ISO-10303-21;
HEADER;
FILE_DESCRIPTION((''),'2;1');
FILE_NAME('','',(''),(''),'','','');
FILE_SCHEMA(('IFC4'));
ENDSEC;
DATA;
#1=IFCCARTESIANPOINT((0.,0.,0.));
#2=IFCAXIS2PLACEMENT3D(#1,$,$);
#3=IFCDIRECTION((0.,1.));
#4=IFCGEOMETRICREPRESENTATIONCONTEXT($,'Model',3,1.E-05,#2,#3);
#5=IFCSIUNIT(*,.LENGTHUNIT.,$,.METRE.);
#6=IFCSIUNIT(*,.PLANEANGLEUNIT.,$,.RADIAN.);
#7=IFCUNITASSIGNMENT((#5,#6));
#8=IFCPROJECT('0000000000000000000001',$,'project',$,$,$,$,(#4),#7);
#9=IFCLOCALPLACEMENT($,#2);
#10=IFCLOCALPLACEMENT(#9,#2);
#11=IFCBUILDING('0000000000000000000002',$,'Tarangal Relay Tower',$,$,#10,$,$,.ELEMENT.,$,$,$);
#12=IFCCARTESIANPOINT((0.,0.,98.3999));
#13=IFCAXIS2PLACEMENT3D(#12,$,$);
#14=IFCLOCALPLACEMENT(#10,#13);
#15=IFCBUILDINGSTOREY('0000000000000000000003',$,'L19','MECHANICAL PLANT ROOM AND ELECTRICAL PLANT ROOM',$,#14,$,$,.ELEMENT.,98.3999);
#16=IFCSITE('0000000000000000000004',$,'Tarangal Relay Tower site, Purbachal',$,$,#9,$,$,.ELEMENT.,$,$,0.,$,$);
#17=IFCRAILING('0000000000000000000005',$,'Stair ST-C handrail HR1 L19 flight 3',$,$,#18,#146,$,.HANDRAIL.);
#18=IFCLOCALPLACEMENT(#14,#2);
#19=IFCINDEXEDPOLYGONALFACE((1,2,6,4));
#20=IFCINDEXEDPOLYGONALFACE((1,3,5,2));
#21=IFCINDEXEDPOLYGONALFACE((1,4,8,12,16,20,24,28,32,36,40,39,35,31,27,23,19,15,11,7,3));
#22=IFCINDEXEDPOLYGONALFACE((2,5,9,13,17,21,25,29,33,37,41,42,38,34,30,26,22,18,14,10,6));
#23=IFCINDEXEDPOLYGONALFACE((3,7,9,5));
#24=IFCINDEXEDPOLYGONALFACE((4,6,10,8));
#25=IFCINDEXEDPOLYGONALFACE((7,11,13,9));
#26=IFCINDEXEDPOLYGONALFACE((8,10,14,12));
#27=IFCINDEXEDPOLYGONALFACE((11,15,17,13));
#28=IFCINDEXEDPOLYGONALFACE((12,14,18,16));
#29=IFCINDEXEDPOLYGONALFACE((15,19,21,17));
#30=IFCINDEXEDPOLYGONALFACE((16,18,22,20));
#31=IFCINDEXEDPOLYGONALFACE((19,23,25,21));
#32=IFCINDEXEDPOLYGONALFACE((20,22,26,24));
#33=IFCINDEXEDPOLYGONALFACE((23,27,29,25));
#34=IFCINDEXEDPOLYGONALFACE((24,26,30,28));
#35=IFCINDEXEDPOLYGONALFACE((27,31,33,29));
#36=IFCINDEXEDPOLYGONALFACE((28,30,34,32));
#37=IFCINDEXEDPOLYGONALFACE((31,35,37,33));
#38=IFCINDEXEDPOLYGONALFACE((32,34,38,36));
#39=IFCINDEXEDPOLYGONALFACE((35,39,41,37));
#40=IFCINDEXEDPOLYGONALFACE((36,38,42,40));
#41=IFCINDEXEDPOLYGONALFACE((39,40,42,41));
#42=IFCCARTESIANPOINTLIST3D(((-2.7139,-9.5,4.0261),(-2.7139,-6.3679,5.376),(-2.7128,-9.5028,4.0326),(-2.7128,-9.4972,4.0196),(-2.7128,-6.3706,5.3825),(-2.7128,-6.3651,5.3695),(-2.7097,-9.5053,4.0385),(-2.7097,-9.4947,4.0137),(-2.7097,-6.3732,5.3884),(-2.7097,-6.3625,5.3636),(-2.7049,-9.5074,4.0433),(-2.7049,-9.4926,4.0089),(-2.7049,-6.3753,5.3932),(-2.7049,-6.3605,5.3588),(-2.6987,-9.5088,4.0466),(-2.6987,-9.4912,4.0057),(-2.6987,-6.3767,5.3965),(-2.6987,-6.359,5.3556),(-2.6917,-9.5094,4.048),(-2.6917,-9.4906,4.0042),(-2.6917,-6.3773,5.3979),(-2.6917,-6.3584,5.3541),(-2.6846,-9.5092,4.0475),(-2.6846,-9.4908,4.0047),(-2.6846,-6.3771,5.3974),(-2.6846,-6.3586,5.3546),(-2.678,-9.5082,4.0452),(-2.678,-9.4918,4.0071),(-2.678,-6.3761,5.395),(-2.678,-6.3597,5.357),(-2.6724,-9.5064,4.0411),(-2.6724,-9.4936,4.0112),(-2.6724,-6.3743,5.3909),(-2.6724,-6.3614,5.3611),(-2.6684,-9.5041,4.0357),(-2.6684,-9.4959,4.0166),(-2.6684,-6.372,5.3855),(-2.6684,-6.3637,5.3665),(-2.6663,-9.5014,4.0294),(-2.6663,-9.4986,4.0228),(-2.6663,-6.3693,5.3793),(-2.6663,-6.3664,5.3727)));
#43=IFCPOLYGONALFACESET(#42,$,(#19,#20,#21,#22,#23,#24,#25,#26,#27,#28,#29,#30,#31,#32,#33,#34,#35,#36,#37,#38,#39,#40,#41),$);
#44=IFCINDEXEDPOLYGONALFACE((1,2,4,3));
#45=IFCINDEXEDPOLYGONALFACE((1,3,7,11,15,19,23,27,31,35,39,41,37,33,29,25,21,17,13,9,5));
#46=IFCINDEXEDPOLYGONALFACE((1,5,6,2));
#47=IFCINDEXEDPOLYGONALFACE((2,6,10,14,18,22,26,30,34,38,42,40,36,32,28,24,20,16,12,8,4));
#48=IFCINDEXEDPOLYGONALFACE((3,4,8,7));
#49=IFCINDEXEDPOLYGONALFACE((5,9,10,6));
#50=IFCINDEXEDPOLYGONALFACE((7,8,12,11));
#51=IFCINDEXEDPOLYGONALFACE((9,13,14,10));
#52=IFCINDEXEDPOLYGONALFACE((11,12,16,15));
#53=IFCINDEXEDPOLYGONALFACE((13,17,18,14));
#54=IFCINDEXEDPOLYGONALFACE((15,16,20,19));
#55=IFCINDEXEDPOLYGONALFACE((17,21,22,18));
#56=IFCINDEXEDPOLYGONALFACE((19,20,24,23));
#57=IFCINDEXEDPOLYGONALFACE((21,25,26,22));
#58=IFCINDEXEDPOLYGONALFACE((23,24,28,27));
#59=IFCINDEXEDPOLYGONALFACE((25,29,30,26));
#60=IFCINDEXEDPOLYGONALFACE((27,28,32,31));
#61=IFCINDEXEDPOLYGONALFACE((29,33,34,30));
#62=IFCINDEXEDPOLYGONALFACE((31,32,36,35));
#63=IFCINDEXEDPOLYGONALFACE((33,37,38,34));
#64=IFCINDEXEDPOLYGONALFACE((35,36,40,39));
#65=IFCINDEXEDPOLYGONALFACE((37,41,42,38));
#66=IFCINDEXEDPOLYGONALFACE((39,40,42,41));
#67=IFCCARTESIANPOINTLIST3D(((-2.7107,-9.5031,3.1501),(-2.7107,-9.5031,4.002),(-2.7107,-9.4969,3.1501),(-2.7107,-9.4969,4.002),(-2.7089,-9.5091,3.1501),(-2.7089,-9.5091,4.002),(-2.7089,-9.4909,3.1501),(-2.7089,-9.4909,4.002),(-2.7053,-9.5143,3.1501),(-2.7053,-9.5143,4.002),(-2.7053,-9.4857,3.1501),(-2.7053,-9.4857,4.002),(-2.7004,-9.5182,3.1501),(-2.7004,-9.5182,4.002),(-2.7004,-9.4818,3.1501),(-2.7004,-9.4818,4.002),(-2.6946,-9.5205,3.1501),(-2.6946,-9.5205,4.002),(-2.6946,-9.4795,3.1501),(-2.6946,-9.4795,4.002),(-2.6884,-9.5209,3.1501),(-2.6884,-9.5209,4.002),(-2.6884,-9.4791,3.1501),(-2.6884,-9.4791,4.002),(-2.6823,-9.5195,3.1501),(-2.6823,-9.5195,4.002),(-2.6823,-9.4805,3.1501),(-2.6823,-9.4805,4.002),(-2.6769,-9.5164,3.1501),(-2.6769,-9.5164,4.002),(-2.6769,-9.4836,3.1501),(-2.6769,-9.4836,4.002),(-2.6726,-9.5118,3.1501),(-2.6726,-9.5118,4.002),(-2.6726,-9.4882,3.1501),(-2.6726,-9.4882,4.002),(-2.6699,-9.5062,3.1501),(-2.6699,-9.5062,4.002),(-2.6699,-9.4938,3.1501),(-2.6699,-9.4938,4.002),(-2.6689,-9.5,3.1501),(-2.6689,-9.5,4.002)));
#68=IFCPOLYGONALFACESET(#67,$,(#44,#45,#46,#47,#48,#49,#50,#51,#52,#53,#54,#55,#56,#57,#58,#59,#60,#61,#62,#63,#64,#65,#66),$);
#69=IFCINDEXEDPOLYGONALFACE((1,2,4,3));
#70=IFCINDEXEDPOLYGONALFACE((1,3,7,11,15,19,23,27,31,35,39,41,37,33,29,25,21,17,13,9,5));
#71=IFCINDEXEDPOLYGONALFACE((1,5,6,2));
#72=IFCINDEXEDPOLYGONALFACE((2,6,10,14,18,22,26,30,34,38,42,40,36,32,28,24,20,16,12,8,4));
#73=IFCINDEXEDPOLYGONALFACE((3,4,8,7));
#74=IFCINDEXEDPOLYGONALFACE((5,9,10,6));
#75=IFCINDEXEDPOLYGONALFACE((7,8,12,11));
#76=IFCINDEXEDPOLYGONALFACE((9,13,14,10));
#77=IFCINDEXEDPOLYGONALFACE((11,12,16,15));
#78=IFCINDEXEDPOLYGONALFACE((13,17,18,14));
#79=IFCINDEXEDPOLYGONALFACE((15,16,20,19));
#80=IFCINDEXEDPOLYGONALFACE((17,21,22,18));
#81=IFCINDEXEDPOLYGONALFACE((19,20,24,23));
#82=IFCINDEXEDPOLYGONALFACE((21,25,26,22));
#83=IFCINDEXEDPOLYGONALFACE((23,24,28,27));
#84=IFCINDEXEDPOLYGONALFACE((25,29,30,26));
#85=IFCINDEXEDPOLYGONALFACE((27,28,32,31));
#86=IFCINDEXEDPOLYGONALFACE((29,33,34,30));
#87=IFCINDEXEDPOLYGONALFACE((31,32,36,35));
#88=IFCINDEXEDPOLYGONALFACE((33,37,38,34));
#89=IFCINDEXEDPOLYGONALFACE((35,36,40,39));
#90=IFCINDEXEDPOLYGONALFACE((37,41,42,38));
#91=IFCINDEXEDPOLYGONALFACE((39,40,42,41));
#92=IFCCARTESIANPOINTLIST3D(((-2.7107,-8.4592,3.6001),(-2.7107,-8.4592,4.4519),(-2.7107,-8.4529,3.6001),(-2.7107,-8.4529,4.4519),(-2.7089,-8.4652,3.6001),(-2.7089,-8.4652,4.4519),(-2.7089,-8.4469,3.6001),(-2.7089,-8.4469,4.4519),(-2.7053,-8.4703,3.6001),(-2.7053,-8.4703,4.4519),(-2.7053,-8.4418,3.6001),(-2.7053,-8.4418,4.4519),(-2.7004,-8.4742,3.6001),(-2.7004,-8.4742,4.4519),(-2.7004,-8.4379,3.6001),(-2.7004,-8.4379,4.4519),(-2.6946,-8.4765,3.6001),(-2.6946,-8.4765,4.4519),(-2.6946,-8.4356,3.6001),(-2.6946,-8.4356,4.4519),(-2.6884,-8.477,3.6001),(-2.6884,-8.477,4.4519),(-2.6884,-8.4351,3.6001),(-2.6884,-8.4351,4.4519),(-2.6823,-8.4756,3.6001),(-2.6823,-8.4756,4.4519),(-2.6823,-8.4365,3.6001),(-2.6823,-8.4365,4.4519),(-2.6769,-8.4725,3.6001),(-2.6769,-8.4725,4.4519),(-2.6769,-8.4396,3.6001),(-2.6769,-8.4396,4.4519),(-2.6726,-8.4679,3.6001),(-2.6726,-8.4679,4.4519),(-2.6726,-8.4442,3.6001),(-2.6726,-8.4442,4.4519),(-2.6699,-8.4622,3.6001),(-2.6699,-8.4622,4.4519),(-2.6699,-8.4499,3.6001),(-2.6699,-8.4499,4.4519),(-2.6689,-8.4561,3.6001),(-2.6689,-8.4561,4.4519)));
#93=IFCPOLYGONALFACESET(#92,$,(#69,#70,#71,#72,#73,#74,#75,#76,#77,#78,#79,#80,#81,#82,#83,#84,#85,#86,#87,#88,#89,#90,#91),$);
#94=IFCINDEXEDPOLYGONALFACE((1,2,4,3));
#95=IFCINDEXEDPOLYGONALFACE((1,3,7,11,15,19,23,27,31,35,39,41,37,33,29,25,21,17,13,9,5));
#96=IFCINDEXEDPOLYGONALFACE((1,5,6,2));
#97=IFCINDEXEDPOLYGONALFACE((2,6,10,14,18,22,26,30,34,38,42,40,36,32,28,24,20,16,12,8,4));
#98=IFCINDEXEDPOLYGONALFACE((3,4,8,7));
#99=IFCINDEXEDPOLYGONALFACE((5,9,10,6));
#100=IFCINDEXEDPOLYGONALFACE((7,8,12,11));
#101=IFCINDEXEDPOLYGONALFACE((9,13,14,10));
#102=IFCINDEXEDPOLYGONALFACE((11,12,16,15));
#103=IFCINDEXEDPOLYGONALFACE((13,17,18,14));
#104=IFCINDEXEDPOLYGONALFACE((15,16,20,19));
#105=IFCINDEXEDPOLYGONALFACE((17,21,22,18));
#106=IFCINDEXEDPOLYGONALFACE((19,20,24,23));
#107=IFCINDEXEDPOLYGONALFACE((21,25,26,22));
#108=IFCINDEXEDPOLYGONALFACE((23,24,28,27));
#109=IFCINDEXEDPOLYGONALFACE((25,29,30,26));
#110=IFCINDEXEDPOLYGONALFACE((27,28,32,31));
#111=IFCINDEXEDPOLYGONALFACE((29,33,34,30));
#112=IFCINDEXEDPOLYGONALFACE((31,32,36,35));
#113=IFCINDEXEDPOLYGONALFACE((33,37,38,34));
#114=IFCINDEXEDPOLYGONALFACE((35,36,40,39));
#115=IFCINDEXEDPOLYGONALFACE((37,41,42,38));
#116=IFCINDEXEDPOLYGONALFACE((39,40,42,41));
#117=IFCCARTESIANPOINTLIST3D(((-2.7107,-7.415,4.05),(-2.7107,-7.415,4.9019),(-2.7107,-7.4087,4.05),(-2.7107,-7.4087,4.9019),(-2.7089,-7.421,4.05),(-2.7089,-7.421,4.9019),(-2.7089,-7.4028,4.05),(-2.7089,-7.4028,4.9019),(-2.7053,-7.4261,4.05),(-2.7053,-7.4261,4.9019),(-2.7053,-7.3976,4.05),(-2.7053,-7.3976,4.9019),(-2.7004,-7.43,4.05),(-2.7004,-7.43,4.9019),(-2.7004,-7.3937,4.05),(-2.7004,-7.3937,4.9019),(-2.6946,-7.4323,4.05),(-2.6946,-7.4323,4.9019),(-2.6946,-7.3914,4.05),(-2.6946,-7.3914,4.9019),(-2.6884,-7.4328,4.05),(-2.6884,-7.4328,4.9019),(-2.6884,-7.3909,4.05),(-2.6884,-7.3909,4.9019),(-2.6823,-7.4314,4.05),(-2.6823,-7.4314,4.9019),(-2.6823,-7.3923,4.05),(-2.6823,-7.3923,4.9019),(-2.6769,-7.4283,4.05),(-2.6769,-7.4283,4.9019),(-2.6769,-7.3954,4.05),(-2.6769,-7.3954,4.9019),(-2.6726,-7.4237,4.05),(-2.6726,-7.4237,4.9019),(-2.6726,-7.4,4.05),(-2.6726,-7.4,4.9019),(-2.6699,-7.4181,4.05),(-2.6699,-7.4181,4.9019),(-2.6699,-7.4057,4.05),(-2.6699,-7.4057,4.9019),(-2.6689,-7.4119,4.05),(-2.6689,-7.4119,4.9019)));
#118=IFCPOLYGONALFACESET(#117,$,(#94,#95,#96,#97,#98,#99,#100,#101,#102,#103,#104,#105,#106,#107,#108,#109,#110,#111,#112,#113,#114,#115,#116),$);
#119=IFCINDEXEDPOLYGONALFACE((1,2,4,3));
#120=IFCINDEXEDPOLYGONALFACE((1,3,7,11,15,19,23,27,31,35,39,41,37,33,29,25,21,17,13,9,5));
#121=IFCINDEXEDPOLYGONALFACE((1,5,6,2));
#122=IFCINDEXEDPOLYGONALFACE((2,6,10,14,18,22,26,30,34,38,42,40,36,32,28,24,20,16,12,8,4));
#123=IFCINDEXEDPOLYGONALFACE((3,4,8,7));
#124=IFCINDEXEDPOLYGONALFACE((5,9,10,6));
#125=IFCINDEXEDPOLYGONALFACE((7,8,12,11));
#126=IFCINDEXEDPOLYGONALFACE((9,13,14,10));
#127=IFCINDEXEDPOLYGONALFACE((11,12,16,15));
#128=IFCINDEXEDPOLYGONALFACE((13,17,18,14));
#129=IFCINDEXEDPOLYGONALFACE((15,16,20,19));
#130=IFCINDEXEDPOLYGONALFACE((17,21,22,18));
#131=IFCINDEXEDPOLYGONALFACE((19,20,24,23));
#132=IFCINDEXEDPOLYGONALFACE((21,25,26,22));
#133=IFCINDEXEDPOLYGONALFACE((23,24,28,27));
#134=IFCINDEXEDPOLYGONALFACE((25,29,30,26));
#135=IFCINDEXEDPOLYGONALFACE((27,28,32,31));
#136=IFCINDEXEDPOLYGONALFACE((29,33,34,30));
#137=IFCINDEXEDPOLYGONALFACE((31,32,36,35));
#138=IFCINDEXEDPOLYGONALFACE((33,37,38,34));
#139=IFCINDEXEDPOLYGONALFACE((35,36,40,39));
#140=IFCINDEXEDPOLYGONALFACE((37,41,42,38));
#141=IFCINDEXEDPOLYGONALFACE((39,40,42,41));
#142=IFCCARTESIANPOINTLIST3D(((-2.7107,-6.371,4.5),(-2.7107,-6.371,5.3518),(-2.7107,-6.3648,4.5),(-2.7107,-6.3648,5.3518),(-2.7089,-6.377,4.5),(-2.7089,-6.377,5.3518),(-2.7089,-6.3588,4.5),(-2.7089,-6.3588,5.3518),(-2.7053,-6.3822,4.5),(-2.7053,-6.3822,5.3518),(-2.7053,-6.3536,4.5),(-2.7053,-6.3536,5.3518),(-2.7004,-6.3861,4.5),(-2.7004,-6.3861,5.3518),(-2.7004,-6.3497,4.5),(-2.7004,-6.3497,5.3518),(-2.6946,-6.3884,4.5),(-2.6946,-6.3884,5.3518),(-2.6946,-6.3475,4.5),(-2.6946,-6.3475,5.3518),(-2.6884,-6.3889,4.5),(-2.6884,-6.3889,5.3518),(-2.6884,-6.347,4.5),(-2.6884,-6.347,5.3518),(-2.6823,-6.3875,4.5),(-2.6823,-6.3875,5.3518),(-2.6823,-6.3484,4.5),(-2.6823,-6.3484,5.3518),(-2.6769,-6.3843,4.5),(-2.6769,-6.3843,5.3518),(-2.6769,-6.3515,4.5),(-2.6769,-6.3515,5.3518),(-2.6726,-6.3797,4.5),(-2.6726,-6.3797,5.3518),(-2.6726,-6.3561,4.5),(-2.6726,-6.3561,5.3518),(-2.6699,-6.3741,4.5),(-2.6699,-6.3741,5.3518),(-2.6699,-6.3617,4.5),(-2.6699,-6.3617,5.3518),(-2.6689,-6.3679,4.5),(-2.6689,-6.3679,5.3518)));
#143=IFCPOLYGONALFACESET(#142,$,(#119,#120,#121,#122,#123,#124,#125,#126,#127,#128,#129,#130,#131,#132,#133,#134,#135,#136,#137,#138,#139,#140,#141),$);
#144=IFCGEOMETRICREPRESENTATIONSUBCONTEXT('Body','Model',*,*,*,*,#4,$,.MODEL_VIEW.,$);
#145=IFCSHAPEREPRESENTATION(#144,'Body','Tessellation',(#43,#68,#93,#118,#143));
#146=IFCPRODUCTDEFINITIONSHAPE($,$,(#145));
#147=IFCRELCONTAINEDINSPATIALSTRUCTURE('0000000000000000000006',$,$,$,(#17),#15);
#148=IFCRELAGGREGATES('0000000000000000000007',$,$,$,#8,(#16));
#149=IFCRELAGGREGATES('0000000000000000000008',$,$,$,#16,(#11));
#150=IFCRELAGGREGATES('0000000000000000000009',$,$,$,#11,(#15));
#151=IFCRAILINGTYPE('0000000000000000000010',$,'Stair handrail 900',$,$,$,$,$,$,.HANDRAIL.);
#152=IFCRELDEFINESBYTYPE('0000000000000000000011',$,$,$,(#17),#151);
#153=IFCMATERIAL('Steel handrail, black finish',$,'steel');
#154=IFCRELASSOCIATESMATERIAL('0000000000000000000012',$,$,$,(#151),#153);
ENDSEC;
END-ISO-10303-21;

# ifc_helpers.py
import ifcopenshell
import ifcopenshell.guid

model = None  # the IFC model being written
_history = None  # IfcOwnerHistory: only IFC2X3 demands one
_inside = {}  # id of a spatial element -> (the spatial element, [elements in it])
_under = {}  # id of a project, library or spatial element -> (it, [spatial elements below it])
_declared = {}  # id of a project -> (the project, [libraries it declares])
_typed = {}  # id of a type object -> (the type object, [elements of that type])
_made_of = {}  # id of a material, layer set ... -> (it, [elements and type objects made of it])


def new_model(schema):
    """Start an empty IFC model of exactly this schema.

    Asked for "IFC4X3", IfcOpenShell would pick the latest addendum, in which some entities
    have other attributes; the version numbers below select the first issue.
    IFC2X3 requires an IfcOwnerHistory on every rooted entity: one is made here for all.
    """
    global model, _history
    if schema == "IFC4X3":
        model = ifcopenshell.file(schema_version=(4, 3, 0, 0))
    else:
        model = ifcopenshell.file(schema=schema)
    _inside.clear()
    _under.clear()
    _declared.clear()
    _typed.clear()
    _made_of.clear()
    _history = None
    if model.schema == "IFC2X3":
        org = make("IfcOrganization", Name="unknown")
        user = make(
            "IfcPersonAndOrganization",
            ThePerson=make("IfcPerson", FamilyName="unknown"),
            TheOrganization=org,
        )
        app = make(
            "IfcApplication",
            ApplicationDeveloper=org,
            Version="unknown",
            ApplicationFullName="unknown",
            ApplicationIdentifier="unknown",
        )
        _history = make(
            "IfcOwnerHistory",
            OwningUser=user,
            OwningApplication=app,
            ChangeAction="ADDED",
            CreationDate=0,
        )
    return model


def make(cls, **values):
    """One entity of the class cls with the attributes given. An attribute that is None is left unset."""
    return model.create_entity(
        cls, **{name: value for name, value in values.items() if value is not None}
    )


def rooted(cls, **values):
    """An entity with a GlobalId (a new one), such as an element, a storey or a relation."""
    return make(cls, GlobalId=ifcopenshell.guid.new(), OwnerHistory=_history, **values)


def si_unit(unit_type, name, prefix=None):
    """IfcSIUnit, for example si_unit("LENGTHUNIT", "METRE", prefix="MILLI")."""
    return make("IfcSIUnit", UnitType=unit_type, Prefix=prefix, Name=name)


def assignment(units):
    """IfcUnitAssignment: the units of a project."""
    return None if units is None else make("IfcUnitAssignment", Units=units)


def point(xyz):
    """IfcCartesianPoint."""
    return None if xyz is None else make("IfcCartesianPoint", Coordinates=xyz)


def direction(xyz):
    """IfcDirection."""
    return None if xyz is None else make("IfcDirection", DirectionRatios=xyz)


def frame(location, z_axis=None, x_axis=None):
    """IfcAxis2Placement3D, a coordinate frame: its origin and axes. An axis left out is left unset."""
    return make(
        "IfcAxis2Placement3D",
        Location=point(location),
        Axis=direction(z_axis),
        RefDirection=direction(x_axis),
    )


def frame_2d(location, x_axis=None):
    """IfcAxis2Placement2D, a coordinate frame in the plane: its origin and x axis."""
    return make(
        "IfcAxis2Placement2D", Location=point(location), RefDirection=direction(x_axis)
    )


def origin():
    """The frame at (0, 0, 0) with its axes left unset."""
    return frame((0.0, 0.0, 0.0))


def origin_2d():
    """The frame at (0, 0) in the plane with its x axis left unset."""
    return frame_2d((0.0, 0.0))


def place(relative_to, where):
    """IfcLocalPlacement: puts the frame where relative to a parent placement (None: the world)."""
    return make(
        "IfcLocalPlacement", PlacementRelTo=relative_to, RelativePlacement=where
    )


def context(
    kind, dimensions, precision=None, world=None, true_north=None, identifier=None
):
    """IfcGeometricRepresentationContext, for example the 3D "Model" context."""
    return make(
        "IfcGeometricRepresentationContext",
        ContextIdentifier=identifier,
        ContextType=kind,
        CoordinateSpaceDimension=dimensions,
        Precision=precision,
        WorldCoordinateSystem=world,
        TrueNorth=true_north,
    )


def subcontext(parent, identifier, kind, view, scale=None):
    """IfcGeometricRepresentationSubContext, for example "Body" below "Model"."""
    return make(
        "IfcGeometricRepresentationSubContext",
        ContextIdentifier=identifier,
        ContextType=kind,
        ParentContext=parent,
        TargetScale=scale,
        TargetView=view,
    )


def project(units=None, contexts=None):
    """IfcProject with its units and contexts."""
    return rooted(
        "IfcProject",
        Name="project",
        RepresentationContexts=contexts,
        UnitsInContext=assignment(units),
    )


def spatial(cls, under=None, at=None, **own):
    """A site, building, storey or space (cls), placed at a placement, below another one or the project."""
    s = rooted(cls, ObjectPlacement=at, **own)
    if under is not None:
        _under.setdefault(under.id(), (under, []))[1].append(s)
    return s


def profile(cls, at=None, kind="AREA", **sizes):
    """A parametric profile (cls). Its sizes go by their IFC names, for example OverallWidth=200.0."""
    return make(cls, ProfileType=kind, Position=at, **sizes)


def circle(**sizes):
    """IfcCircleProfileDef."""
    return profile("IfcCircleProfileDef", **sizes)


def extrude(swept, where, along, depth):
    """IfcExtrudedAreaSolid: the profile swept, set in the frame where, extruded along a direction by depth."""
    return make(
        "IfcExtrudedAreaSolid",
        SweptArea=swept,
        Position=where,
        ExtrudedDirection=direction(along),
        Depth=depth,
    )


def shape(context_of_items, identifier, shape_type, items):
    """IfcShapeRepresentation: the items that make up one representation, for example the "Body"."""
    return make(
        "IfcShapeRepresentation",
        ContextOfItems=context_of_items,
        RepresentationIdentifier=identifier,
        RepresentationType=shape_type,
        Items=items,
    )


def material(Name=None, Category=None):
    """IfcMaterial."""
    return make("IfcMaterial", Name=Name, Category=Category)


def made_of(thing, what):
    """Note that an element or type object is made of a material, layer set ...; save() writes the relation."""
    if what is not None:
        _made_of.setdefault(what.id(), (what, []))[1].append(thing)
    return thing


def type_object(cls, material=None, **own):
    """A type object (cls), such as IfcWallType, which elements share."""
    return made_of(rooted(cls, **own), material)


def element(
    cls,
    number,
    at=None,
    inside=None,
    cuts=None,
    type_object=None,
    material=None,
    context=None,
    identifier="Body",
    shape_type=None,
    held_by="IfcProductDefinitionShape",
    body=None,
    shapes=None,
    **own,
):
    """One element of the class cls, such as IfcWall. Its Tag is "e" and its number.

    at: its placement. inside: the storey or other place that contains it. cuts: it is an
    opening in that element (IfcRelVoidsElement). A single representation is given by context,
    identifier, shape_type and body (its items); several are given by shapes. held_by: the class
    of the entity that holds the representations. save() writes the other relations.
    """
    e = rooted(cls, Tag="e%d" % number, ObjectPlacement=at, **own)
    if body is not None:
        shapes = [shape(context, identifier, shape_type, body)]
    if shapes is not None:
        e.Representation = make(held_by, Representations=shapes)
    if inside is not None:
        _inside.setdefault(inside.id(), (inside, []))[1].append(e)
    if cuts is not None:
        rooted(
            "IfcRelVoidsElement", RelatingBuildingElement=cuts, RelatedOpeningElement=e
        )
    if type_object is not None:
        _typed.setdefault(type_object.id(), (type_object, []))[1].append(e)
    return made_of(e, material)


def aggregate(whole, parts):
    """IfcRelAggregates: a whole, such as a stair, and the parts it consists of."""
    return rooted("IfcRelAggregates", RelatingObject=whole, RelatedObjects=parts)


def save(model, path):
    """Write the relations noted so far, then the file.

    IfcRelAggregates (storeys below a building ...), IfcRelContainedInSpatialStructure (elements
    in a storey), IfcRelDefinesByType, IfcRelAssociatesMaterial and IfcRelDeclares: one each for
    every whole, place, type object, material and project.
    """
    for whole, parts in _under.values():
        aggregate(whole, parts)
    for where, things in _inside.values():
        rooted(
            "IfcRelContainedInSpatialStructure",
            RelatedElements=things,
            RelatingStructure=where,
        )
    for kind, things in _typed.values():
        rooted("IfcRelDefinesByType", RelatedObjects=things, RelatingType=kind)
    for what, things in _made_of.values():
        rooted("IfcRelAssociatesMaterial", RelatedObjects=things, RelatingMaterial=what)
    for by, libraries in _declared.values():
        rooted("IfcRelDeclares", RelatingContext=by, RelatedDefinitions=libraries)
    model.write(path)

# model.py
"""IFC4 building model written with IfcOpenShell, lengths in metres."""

from ifc_helpers import new_model, si_unit, direction, frame, origin, origin_2d, place, context, subcontext, project, spatial, circle, extrude, material, type_object, element, save


model = new_model("IFC4")

# Units and contexts
model_context = context("Model", 3, precision=1e-05, world=origin(), true_north=direction((0.0, 1.0)))
body_context = subcontext(model_context, "Body", "Model", "MODEL_VIEW")
ifc_project = project(units=[si_unit("LENGTHUNIT", "METRE"), si_unit("PLANEANGLEUNIT", "RADIAN")], contexts=[model_context])

# Site, building, storey
site_placement = place(None, origin())
site = spatial("IfcSite", under=ifc_project, at=site_placement, Name="Tarangal Relay Tower site, Purbachal", CompositionType="ELEMENT", RefElevation=0.0)
building_placement = place(site_placement, origin())
building = spatial("IfcBuilding", under=site, at=building_placement, Name="Tarangal Relay Tower", CompositionType="ELEMENT")
storey_placement = place(building_placement, frame((0.0, 0.0, 98.3999)))
storey = spatial("IfcBuildingStorey", under=building, at=storey_placement, Name="L19", Description="MECHANICAL PLANT ROOM AND ELECTRICAL PLANT ROOM", CompositionType="ELEMENT", Elevation=98.3999)

# Railing
ifc_material_1 = material(Name="Steel handrail, black finish", Category="steel")
railing_type_1 = type_object("IfcRailingType", Name="Stair handrail 900", PredefinedType="HANDRAIL", material=ifc_material_1)
railing_placement = place(storey_placement, frame((-2.6899, -9.5, 3.1501)))
element("IfcRailing", 1, at=railing_placement, inside=storey, type_object=railing_type_1, Name="Stair ST-C handrail HR1 L19 flight 3", PredefinedType="HANDRAIL", context=body_context, shape_type="SweptSolid", body=[
    extrude(circle(Radius=0.0239, at=origin_2d()), frame((0.0, 0.0, 0.876), z_axis=(0.0, 0.918343, 0.395785), x_axis=(-1.0, 0.0, 0.0)), (0.0, 0.0, 1.0), 3.4106),
    extrude(circle(Radius=0.021, at=origin_2d()), origin(), (0.0, 0.0, 1.0), 0.8518),
    extrude(circle(Radius=0.021, at=origin_2d()), frame((0.0, 1.0439, 0.45)), (0.0, 0.0, 1.0), 0.8518),
    extrude(circle(Radius=0.021, at=origin_2d()), frame((0.0, 2.0881, 0.8999)), (0.0, 0.0, 1.0), 0.8518),
    extrude(circle(Radius=0.021, at=origin_2d()), frame((0.0, 3.1321, 1.3499)), (0.0, 0.0, 1.0), 0.8518),
])

save(model, "model.ifc")
